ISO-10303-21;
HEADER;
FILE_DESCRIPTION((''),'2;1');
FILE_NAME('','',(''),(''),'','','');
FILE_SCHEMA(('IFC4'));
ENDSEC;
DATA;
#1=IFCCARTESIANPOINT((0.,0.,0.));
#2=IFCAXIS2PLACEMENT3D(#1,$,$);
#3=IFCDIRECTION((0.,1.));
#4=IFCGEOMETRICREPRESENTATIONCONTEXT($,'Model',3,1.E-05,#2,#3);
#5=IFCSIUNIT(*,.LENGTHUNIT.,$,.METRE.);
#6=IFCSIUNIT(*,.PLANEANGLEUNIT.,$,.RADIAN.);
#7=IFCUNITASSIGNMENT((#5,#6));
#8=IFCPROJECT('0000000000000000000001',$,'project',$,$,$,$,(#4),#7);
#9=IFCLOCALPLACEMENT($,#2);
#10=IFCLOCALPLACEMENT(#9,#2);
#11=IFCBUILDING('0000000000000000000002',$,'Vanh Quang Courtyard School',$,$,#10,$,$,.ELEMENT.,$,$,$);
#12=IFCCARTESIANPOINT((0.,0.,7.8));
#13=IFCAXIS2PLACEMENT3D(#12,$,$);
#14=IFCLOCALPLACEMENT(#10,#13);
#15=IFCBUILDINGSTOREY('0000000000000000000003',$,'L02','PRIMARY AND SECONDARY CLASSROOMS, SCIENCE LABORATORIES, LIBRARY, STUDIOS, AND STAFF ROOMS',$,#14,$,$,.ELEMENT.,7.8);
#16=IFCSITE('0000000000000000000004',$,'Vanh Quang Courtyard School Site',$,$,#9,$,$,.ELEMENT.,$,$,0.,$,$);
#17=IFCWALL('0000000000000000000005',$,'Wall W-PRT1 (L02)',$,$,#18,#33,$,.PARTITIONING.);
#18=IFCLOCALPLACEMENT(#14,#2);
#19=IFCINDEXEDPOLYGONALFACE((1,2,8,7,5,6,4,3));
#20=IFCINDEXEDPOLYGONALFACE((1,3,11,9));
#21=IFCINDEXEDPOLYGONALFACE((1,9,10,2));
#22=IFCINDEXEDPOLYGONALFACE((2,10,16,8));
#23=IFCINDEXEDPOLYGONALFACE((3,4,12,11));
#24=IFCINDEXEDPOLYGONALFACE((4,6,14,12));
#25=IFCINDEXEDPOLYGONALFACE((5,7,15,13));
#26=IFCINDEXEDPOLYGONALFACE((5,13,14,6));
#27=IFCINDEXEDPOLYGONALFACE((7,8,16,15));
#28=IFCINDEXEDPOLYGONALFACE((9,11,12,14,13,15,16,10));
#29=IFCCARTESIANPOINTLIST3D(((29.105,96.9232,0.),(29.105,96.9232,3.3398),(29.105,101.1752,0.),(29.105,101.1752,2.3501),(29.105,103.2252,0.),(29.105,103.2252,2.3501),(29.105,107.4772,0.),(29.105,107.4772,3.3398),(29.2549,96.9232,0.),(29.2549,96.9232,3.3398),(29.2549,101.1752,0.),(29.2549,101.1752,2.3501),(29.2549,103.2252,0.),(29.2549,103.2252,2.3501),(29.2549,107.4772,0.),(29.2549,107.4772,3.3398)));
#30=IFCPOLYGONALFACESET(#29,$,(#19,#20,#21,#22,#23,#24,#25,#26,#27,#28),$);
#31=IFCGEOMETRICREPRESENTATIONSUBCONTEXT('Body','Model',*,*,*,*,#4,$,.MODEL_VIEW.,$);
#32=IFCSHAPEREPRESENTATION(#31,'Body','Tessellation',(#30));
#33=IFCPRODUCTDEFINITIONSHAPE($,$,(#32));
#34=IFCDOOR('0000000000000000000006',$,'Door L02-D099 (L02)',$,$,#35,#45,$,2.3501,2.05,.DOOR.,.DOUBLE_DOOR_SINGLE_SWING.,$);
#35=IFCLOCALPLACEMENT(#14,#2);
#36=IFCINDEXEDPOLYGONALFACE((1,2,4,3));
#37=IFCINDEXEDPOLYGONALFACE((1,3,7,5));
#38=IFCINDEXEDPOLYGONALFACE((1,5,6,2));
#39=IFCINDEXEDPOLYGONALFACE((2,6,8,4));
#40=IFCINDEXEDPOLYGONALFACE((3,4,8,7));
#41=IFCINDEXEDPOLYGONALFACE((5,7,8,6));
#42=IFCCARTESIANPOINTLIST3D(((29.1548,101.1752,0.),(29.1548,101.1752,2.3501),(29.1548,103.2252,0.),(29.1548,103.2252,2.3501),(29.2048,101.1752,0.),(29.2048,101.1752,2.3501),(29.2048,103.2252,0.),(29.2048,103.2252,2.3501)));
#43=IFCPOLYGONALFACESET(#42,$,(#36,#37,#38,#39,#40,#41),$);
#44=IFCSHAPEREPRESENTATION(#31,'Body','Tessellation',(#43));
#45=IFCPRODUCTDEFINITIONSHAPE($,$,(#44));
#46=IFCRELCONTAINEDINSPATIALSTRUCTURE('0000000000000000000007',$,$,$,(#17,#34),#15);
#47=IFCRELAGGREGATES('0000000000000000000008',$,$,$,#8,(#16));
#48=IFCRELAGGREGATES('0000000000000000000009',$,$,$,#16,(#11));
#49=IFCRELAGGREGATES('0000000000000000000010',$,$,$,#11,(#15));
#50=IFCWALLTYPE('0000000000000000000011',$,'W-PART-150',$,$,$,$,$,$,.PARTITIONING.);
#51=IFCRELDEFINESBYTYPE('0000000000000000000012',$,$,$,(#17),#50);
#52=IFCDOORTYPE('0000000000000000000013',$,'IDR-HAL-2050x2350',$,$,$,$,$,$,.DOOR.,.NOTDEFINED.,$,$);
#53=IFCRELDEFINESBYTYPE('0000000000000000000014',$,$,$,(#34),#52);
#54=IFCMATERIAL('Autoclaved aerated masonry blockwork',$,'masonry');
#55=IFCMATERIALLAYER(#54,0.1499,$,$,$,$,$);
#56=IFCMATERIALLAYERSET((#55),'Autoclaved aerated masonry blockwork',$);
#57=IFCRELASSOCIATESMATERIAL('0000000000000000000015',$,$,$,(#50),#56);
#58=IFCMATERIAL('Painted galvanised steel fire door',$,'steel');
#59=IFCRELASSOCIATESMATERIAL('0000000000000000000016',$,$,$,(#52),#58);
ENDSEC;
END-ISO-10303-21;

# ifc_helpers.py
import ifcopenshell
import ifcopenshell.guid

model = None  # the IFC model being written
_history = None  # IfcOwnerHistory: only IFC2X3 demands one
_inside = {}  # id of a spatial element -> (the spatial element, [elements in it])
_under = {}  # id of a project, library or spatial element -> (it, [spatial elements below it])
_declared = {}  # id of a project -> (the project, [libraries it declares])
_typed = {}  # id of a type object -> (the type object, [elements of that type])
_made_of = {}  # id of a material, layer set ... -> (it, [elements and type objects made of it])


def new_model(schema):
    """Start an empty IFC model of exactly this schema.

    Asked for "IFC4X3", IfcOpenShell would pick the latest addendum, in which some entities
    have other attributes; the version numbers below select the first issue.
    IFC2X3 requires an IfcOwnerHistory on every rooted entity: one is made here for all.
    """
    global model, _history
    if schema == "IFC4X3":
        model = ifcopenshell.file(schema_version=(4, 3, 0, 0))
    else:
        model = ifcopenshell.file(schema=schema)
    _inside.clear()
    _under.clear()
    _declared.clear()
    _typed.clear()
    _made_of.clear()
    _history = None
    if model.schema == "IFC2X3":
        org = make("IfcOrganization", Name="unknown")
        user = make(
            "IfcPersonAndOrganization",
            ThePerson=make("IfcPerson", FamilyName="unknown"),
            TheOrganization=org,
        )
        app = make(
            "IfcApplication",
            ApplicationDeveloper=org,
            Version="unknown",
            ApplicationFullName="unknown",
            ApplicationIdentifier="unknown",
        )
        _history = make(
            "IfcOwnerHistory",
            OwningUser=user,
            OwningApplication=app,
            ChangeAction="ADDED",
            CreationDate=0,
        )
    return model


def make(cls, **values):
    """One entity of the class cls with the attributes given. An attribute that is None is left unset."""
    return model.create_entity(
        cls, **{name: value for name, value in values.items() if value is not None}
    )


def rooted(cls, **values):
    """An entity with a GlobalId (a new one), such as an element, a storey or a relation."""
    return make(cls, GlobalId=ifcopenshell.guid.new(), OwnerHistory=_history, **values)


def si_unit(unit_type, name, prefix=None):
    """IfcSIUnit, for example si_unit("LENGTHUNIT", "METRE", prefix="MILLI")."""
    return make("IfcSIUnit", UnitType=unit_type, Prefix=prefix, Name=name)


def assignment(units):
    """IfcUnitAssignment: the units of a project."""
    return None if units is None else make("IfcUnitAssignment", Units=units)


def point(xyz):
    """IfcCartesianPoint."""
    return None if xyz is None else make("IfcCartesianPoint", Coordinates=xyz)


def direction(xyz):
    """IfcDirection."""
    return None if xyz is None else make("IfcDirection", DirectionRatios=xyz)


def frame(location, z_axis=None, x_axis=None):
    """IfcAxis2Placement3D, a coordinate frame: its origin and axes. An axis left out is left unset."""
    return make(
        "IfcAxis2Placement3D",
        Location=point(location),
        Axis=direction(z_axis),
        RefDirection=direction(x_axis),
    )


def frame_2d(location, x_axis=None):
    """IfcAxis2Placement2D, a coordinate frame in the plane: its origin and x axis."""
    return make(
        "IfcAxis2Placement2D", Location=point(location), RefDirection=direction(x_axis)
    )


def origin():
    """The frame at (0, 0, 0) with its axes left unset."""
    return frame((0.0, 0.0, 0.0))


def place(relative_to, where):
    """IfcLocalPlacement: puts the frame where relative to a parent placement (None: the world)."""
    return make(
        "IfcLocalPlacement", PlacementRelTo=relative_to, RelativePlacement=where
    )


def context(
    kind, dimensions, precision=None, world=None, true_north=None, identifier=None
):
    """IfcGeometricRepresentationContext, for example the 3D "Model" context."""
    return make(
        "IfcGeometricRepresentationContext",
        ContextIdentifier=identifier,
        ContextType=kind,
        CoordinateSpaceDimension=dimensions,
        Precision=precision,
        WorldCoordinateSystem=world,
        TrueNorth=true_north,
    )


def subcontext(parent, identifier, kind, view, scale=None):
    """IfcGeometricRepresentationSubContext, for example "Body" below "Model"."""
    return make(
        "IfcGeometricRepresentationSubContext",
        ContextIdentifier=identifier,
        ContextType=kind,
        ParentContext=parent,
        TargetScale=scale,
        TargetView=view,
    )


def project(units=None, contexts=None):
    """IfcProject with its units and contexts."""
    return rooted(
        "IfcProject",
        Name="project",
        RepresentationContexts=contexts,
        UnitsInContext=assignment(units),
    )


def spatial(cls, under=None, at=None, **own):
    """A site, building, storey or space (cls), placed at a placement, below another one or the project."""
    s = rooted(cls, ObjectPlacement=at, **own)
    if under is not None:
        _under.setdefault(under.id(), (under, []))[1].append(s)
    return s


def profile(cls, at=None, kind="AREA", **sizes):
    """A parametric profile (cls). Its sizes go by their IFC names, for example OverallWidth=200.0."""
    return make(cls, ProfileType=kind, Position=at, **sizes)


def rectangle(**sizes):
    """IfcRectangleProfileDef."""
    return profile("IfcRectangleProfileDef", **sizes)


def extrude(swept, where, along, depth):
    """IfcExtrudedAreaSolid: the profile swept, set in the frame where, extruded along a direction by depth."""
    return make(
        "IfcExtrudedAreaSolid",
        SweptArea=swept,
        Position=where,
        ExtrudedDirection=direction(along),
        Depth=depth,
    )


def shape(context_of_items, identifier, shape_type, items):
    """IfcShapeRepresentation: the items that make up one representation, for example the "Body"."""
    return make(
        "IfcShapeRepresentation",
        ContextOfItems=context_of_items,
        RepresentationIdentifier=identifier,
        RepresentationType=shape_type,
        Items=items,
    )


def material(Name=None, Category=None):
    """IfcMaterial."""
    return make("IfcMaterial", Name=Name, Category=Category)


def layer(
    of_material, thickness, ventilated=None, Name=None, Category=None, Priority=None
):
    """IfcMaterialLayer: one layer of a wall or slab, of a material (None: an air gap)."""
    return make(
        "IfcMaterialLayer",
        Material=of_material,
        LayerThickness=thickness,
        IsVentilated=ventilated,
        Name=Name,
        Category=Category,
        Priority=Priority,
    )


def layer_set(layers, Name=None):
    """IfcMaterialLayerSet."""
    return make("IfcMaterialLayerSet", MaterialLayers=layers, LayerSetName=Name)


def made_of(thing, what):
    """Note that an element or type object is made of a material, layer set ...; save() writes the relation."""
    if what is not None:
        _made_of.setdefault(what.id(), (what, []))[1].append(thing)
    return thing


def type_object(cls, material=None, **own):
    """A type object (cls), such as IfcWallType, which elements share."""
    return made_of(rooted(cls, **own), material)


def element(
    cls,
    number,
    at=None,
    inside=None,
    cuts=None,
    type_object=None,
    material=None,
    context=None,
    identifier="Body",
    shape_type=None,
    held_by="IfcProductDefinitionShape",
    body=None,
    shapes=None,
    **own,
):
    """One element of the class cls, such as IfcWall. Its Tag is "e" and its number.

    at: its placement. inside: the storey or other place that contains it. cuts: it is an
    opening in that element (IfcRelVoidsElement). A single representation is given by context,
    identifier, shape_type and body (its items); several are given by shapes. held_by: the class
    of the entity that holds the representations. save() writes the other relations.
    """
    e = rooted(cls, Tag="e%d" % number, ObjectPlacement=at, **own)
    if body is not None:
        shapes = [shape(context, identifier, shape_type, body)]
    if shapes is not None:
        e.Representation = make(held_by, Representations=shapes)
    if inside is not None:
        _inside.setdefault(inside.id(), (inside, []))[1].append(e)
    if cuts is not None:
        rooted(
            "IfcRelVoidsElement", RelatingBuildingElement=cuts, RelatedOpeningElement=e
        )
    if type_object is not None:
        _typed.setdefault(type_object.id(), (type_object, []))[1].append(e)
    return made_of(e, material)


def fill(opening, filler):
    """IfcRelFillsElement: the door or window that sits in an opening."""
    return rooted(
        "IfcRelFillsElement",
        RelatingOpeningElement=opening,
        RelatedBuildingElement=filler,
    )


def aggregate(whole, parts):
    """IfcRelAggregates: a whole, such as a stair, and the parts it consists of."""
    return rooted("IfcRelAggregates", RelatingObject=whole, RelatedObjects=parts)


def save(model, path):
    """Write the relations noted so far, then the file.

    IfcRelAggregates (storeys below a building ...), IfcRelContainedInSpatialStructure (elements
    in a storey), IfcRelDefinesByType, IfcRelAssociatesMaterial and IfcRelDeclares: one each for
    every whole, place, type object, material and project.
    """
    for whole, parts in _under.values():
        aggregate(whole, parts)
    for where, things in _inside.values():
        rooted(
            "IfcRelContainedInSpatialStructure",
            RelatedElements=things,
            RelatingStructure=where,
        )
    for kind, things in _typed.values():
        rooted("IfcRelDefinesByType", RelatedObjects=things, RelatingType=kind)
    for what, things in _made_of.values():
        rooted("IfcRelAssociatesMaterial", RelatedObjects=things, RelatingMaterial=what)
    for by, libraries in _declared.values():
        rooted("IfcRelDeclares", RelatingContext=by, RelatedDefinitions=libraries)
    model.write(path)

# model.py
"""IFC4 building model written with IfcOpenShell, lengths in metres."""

from ifc_helpers import new_model, si_unit, direction, frame, frame_2d, origin, place, context, subcontext, project, spatial, rectangle, extrude, material, layer, layer_set, type_object, element, fill, save


model = new_model("IFC4")

# Units and contexts
model_context = context("Model", 3, precision=1e-05, world=origin(), true_north=direction((0.0, 1.0)))
body_context = subcontext(model_context, "Body", "Model", "MODEL_VIEW")
ifc_project = project(units=[si_unit("LENGTHUNIT", "METRE"), si_unit("PLANEANGLEUNIT", "RADIAN")], contexts=[model_context])

# Site, building, storey
site_placement = place(None, origin())
site = spatial("IfcSite", under=ifc_project, at=site_placement, Name="Vanh Quang Courtyard School Site", CompositionType="ELEMENT", RefElevation=0.0)
building_placement = place(site_placement, origin())
building = spatial("IfcBuilding", under=site, at=building_placement, Name="Vanh Quang Courtyard School", CompositionType="ELEMENT")
storey_placement = place(building_placement, frame((0.0, 0.0, 7.8)))
storey = spatial("IfcBuildingStorey", under=building, at=storey_placement, Name="L02", Description="PRIMARY AND SECONDARY CLASSROOMS, SCIENCE LABORATORIES, LIBRARY, STUDIOS, AND STAFF ROOMS", CompositionType="ELEMENT", Elevation=7.8)

# Wall, opening, door
ifc_material_1 = material(Name="Autoclaved aerated masonry blockwork", Category="masonry")
ifc_layer_1 = layer(ifc_material_1, 0.1499)
ifc_layer_set_1 = layer_set([ifc_layer_1], Name="Autoclaved aerated masonry blockwork")
wall_type_1 = type_object("IfcWallType", Name="W-PART-150", PredefinedType="PARTITIONING", material=ifc_layer_set_1)
wall_1_placement = place(storey_placement, frame((29.1799, 107.4771, 0.0), z_axis=(0.0, 0.0, 1.0), x_axis=(0.0, -1.0, 0.0)))
wall_1 = element("IfcWall", 1, at=wall_1_placement, inside=storey, type_object=wall_type_1, Name="Wall W-PRT1 (L02)", PredefinedType="PARTITIONING", context=body_context, shape_type="SweptSolid", body=[
    extrude(rectangle(XDim=10.554, YDim=0.1499, at=frame_2d((5.2769, 0.0))), origin(), (0.0, 0.0, 1.0), 3.3398),
])
opening_1_placement = place(wall_1_placement, frame((4.252, 0.0, 0.0)))
opening_1 = element("IfcOpeningElement", 2, at=opening_1_placement, cuts=wall_1, PredefinedType="OPENING", context=body_context, shape_type="SweptSolid", body=[
    extrude(rectangle(XDim=2.05, YDim=2.3501, at=frame_2d((1.0249, 1.175))), frame((0.0, 0.085, 0.0), z_axis=(0.0, -1.0, 0.0), x_axis=(1.0, 0.0, 0.0)), (0.0, 0.0, 1.0), 0.1699),
])
ifc_material_2 = material(Name="Painted galvanised steel fire door", Category="steel")
door_type_1 = type_object("IfcDoorType", Name="IDR-HAL-2050x2350", OperationType="NOTDEFINED", PredefinedType="DOOR", material=ifc_material_2)
door_1_placement = place(opening_1_placement, origin())
door_1 = element("IfcDoor", 3, at=door_1_placement, inside=storey, type_object=door_type_1, Name="Door L02-D099 (L02)", OperationType="DOUBLE_DOOR_SINGLE_SWING", OverallHeight=2.3501, OverallWidth=2.05, PredefinedType="DOOR", context=body_context, shape_type="SweptSolid", body=[
    extrude(rectangle(XDim=2.05, YDim=2.3501, at=frame_2d((1.0249, 1.175))), frame((0.0, 0.0249, 0.0), z_axis=(0.0, -1.0, 0.0), x_axis=(1.0, 0.0, 0.0)), (0.0, 0.0, 1.0), 0.05),
])
fill(opening_1, door_1)

save(model, "model.ifc")
